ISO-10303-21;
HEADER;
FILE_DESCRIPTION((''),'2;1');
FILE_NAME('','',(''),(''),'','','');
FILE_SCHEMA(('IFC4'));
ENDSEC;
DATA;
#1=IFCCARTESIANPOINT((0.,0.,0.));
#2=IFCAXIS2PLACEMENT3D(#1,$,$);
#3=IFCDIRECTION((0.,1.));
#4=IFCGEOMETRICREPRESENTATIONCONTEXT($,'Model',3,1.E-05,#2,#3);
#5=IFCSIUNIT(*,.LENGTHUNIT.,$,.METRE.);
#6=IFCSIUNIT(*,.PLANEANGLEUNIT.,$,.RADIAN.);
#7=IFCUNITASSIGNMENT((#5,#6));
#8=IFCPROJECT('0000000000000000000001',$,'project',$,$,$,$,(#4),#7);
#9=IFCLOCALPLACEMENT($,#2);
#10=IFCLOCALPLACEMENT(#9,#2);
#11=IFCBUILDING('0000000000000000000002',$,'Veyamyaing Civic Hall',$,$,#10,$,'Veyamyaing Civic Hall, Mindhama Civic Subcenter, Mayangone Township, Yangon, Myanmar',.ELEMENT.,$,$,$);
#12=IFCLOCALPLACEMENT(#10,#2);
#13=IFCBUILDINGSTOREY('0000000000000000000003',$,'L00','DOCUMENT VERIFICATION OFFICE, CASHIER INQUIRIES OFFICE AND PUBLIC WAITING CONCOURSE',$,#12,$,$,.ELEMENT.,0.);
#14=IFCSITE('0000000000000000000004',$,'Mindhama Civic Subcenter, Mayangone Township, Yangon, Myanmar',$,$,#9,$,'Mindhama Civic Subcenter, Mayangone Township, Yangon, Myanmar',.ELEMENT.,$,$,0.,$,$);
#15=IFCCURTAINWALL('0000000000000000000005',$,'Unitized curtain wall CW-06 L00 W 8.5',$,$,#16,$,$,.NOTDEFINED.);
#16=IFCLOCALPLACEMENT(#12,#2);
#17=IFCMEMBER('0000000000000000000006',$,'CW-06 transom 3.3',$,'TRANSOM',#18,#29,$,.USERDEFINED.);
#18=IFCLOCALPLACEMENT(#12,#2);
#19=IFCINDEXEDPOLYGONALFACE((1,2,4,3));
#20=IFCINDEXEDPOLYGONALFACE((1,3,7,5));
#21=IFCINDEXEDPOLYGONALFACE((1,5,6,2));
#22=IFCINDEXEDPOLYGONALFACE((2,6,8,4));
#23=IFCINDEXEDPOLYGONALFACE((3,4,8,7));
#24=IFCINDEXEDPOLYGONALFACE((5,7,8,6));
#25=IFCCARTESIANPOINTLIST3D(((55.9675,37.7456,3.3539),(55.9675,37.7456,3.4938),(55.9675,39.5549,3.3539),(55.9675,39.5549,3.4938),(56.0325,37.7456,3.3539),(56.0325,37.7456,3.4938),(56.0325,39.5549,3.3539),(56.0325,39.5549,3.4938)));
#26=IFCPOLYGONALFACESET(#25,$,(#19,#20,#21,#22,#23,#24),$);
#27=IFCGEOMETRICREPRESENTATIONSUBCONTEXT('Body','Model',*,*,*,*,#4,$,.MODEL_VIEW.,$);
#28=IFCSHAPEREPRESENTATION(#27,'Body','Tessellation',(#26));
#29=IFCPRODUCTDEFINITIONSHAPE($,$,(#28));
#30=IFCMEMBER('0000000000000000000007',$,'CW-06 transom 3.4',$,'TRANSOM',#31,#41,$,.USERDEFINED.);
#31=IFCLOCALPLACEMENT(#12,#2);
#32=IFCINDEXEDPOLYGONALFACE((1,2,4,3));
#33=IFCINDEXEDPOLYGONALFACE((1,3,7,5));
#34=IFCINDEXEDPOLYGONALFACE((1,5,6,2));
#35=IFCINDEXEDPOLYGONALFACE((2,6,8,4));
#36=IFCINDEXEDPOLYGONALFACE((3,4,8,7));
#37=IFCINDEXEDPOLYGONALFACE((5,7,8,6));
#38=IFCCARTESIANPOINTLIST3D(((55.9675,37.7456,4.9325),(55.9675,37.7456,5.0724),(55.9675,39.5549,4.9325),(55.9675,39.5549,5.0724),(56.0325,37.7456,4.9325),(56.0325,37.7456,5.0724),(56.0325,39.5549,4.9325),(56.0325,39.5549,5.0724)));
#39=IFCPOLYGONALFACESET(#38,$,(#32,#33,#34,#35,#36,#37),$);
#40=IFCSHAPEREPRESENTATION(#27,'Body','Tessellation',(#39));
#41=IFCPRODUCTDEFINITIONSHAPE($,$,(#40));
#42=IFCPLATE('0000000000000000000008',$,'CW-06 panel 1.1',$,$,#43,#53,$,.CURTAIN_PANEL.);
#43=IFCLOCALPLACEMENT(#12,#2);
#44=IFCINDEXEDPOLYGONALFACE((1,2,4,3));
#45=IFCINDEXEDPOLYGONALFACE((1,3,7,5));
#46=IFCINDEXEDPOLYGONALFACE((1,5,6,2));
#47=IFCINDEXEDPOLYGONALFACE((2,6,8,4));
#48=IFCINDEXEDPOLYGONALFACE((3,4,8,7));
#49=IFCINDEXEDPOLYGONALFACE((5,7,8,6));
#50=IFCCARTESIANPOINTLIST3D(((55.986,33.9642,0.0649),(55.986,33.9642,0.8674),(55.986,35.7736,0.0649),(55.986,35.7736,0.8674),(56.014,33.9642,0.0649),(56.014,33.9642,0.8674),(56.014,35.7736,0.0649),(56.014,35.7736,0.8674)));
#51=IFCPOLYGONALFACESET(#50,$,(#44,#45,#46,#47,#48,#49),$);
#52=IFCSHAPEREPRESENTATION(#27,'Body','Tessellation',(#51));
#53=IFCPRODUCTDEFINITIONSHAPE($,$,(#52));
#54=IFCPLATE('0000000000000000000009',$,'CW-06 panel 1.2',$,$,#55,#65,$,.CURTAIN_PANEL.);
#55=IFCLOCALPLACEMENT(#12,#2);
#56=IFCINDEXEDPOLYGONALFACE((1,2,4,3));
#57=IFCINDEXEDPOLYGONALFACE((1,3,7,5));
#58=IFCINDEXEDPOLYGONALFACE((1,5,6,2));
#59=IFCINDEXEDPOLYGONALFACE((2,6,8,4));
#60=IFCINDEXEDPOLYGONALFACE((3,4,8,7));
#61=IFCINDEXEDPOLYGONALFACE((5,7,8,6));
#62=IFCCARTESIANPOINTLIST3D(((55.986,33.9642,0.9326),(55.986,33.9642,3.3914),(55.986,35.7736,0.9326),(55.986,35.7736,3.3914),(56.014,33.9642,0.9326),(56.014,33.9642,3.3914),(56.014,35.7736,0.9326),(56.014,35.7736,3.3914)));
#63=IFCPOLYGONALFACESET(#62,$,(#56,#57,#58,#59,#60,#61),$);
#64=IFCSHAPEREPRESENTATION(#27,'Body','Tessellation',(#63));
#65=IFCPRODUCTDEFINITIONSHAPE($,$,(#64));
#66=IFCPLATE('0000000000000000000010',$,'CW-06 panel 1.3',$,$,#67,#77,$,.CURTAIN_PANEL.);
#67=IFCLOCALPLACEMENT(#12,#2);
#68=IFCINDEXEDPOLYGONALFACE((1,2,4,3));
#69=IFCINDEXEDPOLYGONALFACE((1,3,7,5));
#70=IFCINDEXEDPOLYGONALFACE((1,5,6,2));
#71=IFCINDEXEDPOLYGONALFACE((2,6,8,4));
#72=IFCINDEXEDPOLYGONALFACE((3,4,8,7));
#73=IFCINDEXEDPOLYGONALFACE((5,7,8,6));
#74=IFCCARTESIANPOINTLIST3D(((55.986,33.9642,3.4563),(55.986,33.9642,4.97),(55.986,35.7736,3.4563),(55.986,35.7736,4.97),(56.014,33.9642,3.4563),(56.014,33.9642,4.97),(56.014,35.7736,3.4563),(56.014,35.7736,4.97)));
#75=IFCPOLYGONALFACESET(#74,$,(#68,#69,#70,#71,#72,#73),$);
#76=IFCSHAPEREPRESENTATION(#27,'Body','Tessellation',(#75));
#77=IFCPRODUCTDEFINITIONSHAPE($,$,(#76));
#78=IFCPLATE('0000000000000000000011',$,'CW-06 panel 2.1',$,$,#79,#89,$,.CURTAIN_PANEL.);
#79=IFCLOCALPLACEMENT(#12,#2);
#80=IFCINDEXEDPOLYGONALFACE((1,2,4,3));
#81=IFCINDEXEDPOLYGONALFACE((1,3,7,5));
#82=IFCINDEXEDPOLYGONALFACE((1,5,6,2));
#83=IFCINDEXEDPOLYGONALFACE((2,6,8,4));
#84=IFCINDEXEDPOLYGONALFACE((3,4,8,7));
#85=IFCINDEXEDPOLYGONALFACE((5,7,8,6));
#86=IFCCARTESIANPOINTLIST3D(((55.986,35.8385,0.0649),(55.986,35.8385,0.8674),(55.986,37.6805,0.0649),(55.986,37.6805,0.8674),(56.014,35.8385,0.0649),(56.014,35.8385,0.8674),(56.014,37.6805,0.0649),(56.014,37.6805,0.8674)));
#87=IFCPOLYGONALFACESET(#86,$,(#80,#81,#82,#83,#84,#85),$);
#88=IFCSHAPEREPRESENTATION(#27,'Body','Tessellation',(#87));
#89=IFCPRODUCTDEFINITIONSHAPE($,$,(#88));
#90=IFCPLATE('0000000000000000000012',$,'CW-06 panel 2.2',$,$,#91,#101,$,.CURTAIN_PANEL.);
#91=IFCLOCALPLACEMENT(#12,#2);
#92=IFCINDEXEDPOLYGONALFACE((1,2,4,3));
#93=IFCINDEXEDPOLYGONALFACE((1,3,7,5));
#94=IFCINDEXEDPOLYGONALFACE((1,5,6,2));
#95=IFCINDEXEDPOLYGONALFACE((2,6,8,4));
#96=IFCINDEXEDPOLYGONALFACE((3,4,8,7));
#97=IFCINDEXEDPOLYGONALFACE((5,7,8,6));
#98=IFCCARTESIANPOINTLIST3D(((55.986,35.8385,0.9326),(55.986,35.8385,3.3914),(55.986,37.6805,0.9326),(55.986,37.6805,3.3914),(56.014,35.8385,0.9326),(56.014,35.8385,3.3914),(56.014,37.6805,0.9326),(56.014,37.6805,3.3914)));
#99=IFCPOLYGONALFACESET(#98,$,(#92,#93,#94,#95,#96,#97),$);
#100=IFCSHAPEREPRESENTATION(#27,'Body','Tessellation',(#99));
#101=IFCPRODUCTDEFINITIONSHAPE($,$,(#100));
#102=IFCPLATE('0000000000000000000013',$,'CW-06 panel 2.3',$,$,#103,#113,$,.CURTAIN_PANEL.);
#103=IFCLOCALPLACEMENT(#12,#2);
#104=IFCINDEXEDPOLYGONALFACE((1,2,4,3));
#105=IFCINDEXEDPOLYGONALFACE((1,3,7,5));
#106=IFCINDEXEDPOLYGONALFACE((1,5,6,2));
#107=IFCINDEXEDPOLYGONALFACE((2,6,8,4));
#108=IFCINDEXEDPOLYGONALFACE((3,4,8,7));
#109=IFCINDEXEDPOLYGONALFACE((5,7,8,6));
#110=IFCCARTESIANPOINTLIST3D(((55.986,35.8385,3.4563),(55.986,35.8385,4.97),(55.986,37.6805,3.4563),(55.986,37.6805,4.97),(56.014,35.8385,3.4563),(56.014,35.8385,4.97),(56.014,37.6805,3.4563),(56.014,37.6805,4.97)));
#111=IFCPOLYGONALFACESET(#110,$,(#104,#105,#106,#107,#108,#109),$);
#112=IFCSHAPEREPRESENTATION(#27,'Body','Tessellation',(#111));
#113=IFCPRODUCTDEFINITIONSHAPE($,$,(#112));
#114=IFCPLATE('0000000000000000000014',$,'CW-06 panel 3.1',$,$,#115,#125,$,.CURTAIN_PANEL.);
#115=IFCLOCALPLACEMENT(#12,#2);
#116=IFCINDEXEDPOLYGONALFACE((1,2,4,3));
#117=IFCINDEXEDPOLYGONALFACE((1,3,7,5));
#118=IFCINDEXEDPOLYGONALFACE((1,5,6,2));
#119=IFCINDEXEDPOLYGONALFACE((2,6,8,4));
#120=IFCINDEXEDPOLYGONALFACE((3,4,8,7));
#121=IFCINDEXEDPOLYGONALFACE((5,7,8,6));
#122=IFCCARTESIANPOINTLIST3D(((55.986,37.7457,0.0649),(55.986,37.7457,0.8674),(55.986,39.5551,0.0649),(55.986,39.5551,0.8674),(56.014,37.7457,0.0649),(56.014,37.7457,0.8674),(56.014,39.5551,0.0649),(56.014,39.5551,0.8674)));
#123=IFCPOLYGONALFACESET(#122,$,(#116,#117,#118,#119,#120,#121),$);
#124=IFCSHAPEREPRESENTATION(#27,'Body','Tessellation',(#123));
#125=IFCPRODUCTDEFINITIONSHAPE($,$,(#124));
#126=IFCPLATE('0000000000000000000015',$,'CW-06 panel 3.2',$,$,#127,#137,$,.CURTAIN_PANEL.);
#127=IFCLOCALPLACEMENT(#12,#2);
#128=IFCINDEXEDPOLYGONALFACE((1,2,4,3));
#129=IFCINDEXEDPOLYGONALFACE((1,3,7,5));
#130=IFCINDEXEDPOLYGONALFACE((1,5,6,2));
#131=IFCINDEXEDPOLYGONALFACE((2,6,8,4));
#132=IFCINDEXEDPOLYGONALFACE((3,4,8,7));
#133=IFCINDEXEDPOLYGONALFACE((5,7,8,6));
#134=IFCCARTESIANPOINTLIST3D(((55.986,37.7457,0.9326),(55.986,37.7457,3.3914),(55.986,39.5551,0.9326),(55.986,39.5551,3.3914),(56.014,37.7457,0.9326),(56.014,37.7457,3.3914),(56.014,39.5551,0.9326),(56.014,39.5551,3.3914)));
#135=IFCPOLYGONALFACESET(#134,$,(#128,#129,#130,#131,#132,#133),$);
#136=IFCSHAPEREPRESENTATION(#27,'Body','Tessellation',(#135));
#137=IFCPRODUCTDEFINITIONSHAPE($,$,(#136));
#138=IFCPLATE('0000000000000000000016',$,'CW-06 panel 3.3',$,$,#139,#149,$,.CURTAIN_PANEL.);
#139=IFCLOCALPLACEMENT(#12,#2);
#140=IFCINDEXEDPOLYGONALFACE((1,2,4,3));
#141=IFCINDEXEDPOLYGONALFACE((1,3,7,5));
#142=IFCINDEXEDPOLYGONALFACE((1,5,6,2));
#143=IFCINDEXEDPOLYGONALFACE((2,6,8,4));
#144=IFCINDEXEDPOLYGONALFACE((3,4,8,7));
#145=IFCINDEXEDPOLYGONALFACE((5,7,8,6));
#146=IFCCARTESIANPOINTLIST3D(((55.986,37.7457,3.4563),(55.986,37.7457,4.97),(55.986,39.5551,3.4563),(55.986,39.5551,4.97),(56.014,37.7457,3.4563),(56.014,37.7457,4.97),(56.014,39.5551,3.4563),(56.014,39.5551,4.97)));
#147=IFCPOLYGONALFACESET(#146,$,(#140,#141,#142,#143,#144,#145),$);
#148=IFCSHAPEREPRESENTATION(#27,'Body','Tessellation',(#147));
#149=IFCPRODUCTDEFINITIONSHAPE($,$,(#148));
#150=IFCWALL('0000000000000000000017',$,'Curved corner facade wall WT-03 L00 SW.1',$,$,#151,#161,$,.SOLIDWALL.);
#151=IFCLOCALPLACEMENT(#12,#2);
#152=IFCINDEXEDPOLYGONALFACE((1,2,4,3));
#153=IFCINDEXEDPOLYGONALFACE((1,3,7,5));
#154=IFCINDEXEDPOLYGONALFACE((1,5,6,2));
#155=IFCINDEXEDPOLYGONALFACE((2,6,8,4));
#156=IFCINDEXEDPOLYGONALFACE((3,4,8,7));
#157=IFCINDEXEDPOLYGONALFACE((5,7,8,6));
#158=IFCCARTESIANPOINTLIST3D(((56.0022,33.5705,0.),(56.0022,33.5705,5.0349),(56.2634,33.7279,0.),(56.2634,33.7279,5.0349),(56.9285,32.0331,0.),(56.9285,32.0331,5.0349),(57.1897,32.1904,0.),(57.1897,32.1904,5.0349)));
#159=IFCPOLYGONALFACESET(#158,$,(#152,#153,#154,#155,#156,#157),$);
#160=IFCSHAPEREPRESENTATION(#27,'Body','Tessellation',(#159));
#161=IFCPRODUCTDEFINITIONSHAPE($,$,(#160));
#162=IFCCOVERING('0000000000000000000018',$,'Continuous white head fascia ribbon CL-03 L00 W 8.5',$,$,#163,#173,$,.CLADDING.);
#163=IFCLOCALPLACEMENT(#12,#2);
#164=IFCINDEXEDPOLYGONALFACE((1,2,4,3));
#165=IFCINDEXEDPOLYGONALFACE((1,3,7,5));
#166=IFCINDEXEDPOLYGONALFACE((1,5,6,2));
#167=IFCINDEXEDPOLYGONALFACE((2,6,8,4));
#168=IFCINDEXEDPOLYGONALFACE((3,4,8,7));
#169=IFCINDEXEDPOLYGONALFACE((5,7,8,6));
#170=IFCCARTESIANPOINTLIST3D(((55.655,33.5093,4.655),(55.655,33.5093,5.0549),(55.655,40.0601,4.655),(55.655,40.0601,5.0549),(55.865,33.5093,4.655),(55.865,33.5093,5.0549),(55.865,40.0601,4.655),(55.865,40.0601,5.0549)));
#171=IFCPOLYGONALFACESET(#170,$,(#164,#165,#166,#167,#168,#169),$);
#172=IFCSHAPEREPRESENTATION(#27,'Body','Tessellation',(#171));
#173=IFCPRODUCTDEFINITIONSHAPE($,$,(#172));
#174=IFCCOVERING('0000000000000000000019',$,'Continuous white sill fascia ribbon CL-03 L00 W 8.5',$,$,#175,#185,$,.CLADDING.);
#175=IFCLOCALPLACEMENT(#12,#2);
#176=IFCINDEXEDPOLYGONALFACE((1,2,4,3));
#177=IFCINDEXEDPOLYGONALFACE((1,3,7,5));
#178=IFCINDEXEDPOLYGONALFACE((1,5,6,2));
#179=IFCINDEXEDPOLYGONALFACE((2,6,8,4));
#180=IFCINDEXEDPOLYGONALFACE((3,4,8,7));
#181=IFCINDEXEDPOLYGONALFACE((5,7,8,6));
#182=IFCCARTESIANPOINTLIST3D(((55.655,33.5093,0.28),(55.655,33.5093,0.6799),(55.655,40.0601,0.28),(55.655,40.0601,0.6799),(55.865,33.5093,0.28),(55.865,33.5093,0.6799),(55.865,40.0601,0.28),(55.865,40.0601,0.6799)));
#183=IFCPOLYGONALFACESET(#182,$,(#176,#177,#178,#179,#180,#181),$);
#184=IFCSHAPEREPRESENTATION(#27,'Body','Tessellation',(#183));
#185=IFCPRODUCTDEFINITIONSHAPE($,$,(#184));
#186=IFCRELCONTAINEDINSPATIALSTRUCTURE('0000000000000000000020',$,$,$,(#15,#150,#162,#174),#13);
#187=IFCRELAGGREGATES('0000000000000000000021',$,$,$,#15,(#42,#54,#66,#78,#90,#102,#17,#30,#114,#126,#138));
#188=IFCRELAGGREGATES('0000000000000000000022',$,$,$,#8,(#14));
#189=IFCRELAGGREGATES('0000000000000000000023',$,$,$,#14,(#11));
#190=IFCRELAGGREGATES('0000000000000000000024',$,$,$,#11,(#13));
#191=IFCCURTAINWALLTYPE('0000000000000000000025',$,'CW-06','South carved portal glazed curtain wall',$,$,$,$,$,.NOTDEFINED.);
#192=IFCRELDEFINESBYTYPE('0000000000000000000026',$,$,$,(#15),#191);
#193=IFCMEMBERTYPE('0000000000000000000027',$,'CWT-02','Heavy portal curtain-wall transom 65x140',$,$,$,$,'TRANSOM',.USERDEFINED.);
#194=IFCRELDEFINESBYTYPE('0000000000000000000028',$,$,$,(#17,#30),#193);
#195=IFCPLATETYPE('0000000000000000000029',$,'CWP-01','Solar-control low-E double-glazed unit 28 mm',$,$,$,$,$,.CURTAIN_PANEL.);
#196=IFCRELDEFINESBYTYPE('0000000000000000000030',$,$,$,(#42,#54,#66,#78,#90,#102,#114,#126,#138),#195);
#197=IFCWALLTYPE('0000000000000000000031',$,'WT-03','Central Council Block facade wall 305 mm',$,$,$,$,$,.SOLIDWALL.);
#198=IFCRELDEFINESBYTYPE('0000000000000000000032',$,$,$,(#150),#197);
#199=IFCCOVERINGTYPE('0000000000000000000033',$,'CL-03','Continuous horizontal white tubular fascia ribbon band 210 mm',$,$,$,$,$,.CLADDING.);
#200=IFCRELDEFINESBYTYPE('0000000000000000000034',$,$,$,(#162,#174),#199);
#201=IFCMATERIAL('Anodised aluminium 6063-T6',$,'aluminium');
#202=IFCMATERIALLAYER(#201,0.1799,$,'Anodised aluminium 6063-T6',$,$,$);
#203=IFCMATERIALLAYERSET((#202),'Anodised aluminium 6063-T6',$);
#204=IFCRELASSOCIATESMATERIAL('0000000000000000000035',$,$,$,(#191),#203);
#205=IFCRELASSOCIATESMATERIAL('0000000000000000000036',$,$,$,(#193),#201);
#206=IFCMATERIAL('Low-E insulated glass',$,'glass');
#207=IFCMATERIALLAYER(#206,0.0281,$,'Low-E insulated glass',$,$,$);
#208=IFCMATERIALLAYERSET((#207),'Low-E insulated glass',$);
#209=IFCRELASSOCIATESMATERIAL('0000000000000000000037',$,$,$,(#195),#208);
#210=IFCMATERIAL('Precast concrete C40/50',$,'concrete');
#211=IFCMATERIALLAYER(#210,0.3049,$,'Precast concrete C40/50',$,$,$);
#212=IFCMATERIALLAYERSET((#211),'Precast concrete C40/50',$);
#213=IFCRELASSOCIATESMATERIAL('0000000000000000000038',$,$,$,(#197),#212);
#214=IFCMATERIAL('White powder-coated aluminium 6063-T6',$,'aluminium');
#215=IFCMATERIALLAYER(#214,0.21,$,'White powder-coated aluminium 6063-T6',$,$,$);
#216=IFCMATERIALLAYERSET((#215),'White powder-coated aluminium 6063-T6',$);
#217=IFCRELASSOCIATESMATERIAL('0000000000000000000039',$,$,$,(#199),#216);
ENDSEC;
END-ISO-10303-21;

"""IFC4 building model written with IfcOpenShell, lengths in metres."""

from ifc_helpers import new_model, si_unit, direction, frame, frame_2d, origin, origin_2d, place, context, subcontext, project, spatial, rectangle, extrude, material, layer, layer_set, material_profile, profile_set, type_object, element, aggregate, save


model = new_model("IFC4")

# Units and contexts
model_context = context("Model", 3, precision=1e-05, world=origin(), true_north=direction((0.0, 1.0)))
body_context = subcontext(model_context, "Body", "Model", "MODEL_VIEW")
ifc_project = project(units=[si_unit("LENGTHUNIT", "METRE"), si_unit("PLANEANGLEUNIT", "RADIAN")], contexts=[model_context])

# Site, building, storey
site_placement = place(None, origin())
site = spatial("IfcSite", under=ifc_project, at=site_placement, Name="Mindhama Civic Subcenter, Mayangone Township, Yangon, Myanmar", LongName="Mindhama Civic Subcenter, Mayangone Township, Yangon, Myanmar", CompositionType="ELEMENT", RefElevation=0.0)
building_placement = place(site_placement, origin())
building = spatial("IfcBuilding", under=site, at=building_placement, Name="Veyamyaing Civic Hall", LongName="Veyamyaing Civic Hall, Mindhama Civic Subcenter, Mayangone Township, Yangon, Myanmar", CompositionType="ELEMENT")
storey_placement = place(building_placement, origin())
storey = spatial("IfcBuildingStorey", under=building, at=storey_placement, Name="L00", Description="DOCUMENT VERIFICATION OFFICE, CASHIER INQUIRIES OFFICE AND PUBLIC WAITING CONCOURSE", CompositionType="ELEMENT", Elevation=0.0)

# Curtain wall, members, plates
ifc_material_1 = material(Name="Anodised aluminium 6063-T6", Category="aluminium")
ifc_layer_1 = layer(ifc_material_1, 0.1799, Name="Anodised aluminium 6063-T6")
ifc_layer_set_1 = layer_set([ifc_layer_1], Name="Anodised aluminium 6063-T6")
curtain_wall_type = type_object("IfcCurtainWallType", Name="CW-06", Description="South carved portal glazed curtain wall", PredefinedType="NOTDEFINED", material=ifc_layer_set_1)
curtain_wall_placement = place(storey_placement, origin())
curtain_wall = element("IfcCurtainWall", 1, at=curtain_wall_placement, inside=storey, type_object=curtain_wall_type, Name="Unitized curtain wall CW-06 L00 W 8.5", PredefinedType="NOTDEFINED")
ifc_material_profile_1 = material_profile(ifc_material_1, rectangle(XDim=0.0649, YDim=0.1399, at=origin_2d()), Name="ALU-TRN-65X140")
ifc_profile_set_1 = profile_set([ifc_material_profile_1], Name="Anodised aluminium 6063-T6")
member_type_1 = type_object("IfcMemberType", Name="CWT-02", Description="Heavy portal curtain-wall transom 65x140", ElementType="TRANSOM", PredefinedType="USERDEFINED", material=ifc_profile_set_1)
member_1_placement = place(storey_placement, frame((56.0, 37.7456, 3.4238), z_axis=(0.0, 1.0, 0.0), x_axis=(-1.0, 0.0, 0.0)))
member_1 = element("IfcMember", 2, at=member_1_placement, type_object=member_type_1, Name="CW-06 transom 3.3", ObjectType="TRANSOM", PredefinedType="USERDEFINED", context=body_context, shape_type="SweptSolid", body=[
    extrude(rectangle(XDim=0.0649, YDim=0.1399, at=origin_2d()), origin(), (0.0, 0.0, 1.0), 1.8093),
])
member_2_placement = place(storey_placement, frame((56.0, 37.7456, 5.0024), z_axis=(0.0, 1.0, 0.0), x_axis=(-1.0, 0.0, 0.0)))
member_2 = element("IfcMember", 3, at=member_2_placement, type_object=member_type_1, Name="CW-06 transom 3.4", ObjectType="TRANSOM", PredefinedType="USERDEFINED", context=body_context, shape_type="SweptSolid", body=[
    extrude(rectangle(XDim=0.0649, YDim=0.1399, at=origin_2d()), origin(), (0.0, 0.0, 1.0), 1.8093),
])
ifc_material_2 = material(Name="Low-E insulated glass", Category="glass")
ifc_layer_2 = layer(ifc_material_2, 0.0281, Name="Low-E insulated glass")
ifc_layer_set_2 = layer_set([ifc_layer_2], Name="Low-E insulated glass")
plate_type = type_object("IfcPlateType", Name="CWP-01", Description="Solar-control low-E double-glazed unit 28 mm", PredefinedType="CURTAIN_PANEL", material=ifc_layer_set_2)
plate_1_placement = place(storey_placement, frame((56.0, 34.8689, 0.0649), z_axis=(0.0, 0.0, 1.0), x_axis=(0.0, 1.0, 0.0)))
plate_1 = element("IfcPlate", 4, at=plate_1_placement, type_object=plate_type, Name="CW-06 panel 1.1", PredefinedType="CURTAIN_PANEL", context=body_context, shape_type="SweptSolid", body=[
    extrude(rectangle(XDim=1.8093, YDim=0.0281, at=origin_2d()), origin(), (0.0, 0.0, 1.0), 0.8025),
])
plate_2_placement = place(storey_placement, frame((56.0, 34.8689, 0.9326), z_axis=(0.0, 0.0, 1.0), x_axis=(0.0, 1.0, 0.0)))
plate_2 = element("IfcPlate", 5, at=plate_2_placement, type_object=plate_type, Name="CW-06 panel 1.2", PredefinedType="CURTAIN_PANEL", context=body_context, shape_type="SweptSolid", body=[
    extrude(rectangle(XDim=1.8093, YDim=0.0281, at=origin_2d()), origin(), (0.0, 0.0, 1.0), 2.4587),
])
plate_3_placement = place(storey_placement, frame((56.0, 34.8689, 3.4563), z_axis=(0.0, 0.0, 1.0), x_axis=(0.0, 1.0, 0.0)))
plate_3 = element("IfcPlate", 6, at=plate_3_placement, type_object=plate_type, Name="CW-06 panel 1.3", PredefinedType="CURTAIN_PANEL", context=body_context, shape_type="SweptSolid", body=[
    extrude(rectangle(XDim=1.8093, YDim=0.0281, at=origin_2d()), origin(), (0.0, 0.0, 1.0), 1.5137),
])
plate_4_placement = place(storey_placement, frame((56.0, 36.7595, 0.0649), z_axis=(0.0, 0.0, 1.0), x_axis=(0.0, 1.0, 0.0)))
plate_4 = element("IfcPlate", 7, at=plate_4_placement, type_object=plate_type, Name="CW-06 panel 2.1", PredefinedType="CURTAIN_PANEL", context=body_context, shape_type="SweptSolid", body=[
    extrude(rectangle(XDim=1.842, YDim=0.0281, at=origin_2d()), origin(), (0.0, 0.0, 1.0), 0.8025),
])
plate_5_placement = place(storey_placement, frame((56.0, 36.7595, 0.9326), z_axis=(0.0, 0.0, 1.0), x_axis=(0.0, 1.0, 0.0)))
plate_5 = element("IfcPlate", 8, at=plate_5_placement, type_object=plate_type, Name="CW-06 panel 2.2", PredefinedType="CURTAIN_PANEL", context=body_context, shape_type="SweptSolid", body=[
    extrude(rectangle(XDim=1.842, YDim=0.0281, at=origin_2d()), origin(), (0.0, 0.0, 1.0), 2.4587),
])
plate_6_placement = place(storey_placement, frame((56.0, 36.7595, 3.4563), z_axis=(0.0, 0.0, 1.0), x_axis=(0.0, 1.0, 0.0)))
plate_6 = element("IfcPlate", 9, at=plate_6_placement, type_object=plate_type, Name="CW-06 panel 2.3", PredefinedType="CURTAIN_PANEL", context=body_context, shape_type="SweptSolid", body=[
    extrude(rectangle(XDim=1.842, YDim=0.0281, at=origin_2d()), origin(), (0.0, 0.0, 1.0), 1.5137),
])
plate_7_placement = place(storey_placement, frame((56.0, 38.6504, 0.0649), z_axis=(0.0, 0.0, 1.0), x_axis=(0.0, 1.0, 0.0)))
plate_7 = element("IfcPlate", 10, at=plate_7_placement, type_object=plate_type, Name="CW-06 panel 3.1", PredefinedType="CURTAIN_PANEL", context=body_context, shape_type="SweptSolid", body=[
    extrude(rectangle(XDim=1.8093, YDim=0.0281, at=origin_2d()), origin(), (0.0, 0.0, 1.0), 0.8025),
])
plate_8_placement = place(storey_placement, frame((56.0, 38.6504, 0.9326), z_axis=(0.0, 0.0, 1.0), x_axis=(0.0, 1.0, 0.0)))
plate_8 = element("IfcPlate", 11, at=plate_8_placement, type_object=plate_type, Name="CW-06 panel 3.2", PredefinedType="CURTAIN_PANEL", context=body_context, shape_type="SweptSolid", body=[
    extrude(rectangle(XDim=1.8093, YDim=0.0281, at=origin_2d()), origin(), (0.0, 0.0, 1.0), 2.4587),
])
plate_9_placement = place(storey_placement, frame((56.0, 38.6504, 3.4563), z_axis=(0.0, 0.0, 1.0), x_axis=(0.0, 1.0, 0.0)))
plate_9 = element("IfcPlate", 12, at=plate_9_placement, type_object=plate_type, Name="CW-06 panel 3.3", PredefinedType="CURTAIN_PANEL", context=body_context, shape_type="SweptSolid", body=[
    extrude(rectangle(XDim=1.8093, YDim=0.0281, at=origin_2d()), origin(), (0.0, 0.0, 1.0), 1.5137),
])
aggregate(curtain_wall, [plate_1, plate_2, plate_3, plate_4, plate_5, plate_6, member_1, member_2, plate_7, plate_8, plate_9])

# Wall
ifc_material_3 = material(Name="Precast concrete C40/50", Category="concrete")
ifc_layer_3 = layer(ifc_material_3, 0.3049, Name="Precast concrete C40/50")
ifc_layer_set_3 = layer_set([ifc_layer_3], Name="Precast concrete C40/50")
wall_type = type_object("IfcWallType", Name="WT-03", Description="Central Council Block facade wall 305 mm", PredefinedType="SOLIDWALL", material=ifc_layer_set_3)
wall_placement = place(storey_placement, frame((56.1328, 33.6492, 0.0), z_axis=(0.0, 0.0, 1.0), x_axis=(0.516075, -0.856543, 0.0)))
element("IfcWall", 13, at=wall_placement, inside=storey, type_object=wall_type, Name="Curved corner facade wall WT-03 L00 SW.1", PredefinedType="SOLIDWALL", context=body_context, shape_type="SweptSolid", body=[
    extrude(rectangle(XDim=1.7949, YDim=0.3049, at=frame_2d((0.8975, 0.0))), origin(), (0.0, 0.0, 1.0), 5.0349),
])

# Coverings
ifc_material_4 = material(Name="White powder-coated aluminium 6063-T6", Category="aluminium")
ifc_layer_4 = layer(ifc_material_4, 0.21, Name="White powder-coated aluminium 6063-T6")
ifc_layer_set_4 = layer_set([ifc_layer_4], Name="White powder-coated aluminium 6063-T6")
covering_type = type_object("IfcCoveringType", Name="CL-03", Description="Continuous horizontal white tubular fascia ribbon band 210 mm", PredefinedType="CLADDING", material=ifc_layer_set_4)
for number, where, z_axis, x_axis, name in (
    (14, (55.76, 36.7847, 4.655), (0.0, 0.0, 1.0), (0.0, 1.0, 0.0), "Continuous white head fascia ribbon CL-03 L00 W 8.5"),
    (15, (55.76, 36.7847, 0.28), (0.0, 0.0, 1.0), (0.0, 1.0, 0.0), "Continuous white sill fascia ribbon CL-03 L00 W 8.5"),
):
    element("IfcCovering", number, at=place(storey_placement, frame(where, z_axis=z_axis, x_axis=x_axis)), inside=storey, type_object=covering_type, Name=name, PredefinedType="CLADDING", context=body_context, shape_type="SweptSolid", body=[
        extrude(rectangle(XDim=6.5508, YDim=0.21, at=origin_2d()), origin(), (0.0, 0.0, 1.0), 0.3999),
    ])

save(model, "model.ifc")
